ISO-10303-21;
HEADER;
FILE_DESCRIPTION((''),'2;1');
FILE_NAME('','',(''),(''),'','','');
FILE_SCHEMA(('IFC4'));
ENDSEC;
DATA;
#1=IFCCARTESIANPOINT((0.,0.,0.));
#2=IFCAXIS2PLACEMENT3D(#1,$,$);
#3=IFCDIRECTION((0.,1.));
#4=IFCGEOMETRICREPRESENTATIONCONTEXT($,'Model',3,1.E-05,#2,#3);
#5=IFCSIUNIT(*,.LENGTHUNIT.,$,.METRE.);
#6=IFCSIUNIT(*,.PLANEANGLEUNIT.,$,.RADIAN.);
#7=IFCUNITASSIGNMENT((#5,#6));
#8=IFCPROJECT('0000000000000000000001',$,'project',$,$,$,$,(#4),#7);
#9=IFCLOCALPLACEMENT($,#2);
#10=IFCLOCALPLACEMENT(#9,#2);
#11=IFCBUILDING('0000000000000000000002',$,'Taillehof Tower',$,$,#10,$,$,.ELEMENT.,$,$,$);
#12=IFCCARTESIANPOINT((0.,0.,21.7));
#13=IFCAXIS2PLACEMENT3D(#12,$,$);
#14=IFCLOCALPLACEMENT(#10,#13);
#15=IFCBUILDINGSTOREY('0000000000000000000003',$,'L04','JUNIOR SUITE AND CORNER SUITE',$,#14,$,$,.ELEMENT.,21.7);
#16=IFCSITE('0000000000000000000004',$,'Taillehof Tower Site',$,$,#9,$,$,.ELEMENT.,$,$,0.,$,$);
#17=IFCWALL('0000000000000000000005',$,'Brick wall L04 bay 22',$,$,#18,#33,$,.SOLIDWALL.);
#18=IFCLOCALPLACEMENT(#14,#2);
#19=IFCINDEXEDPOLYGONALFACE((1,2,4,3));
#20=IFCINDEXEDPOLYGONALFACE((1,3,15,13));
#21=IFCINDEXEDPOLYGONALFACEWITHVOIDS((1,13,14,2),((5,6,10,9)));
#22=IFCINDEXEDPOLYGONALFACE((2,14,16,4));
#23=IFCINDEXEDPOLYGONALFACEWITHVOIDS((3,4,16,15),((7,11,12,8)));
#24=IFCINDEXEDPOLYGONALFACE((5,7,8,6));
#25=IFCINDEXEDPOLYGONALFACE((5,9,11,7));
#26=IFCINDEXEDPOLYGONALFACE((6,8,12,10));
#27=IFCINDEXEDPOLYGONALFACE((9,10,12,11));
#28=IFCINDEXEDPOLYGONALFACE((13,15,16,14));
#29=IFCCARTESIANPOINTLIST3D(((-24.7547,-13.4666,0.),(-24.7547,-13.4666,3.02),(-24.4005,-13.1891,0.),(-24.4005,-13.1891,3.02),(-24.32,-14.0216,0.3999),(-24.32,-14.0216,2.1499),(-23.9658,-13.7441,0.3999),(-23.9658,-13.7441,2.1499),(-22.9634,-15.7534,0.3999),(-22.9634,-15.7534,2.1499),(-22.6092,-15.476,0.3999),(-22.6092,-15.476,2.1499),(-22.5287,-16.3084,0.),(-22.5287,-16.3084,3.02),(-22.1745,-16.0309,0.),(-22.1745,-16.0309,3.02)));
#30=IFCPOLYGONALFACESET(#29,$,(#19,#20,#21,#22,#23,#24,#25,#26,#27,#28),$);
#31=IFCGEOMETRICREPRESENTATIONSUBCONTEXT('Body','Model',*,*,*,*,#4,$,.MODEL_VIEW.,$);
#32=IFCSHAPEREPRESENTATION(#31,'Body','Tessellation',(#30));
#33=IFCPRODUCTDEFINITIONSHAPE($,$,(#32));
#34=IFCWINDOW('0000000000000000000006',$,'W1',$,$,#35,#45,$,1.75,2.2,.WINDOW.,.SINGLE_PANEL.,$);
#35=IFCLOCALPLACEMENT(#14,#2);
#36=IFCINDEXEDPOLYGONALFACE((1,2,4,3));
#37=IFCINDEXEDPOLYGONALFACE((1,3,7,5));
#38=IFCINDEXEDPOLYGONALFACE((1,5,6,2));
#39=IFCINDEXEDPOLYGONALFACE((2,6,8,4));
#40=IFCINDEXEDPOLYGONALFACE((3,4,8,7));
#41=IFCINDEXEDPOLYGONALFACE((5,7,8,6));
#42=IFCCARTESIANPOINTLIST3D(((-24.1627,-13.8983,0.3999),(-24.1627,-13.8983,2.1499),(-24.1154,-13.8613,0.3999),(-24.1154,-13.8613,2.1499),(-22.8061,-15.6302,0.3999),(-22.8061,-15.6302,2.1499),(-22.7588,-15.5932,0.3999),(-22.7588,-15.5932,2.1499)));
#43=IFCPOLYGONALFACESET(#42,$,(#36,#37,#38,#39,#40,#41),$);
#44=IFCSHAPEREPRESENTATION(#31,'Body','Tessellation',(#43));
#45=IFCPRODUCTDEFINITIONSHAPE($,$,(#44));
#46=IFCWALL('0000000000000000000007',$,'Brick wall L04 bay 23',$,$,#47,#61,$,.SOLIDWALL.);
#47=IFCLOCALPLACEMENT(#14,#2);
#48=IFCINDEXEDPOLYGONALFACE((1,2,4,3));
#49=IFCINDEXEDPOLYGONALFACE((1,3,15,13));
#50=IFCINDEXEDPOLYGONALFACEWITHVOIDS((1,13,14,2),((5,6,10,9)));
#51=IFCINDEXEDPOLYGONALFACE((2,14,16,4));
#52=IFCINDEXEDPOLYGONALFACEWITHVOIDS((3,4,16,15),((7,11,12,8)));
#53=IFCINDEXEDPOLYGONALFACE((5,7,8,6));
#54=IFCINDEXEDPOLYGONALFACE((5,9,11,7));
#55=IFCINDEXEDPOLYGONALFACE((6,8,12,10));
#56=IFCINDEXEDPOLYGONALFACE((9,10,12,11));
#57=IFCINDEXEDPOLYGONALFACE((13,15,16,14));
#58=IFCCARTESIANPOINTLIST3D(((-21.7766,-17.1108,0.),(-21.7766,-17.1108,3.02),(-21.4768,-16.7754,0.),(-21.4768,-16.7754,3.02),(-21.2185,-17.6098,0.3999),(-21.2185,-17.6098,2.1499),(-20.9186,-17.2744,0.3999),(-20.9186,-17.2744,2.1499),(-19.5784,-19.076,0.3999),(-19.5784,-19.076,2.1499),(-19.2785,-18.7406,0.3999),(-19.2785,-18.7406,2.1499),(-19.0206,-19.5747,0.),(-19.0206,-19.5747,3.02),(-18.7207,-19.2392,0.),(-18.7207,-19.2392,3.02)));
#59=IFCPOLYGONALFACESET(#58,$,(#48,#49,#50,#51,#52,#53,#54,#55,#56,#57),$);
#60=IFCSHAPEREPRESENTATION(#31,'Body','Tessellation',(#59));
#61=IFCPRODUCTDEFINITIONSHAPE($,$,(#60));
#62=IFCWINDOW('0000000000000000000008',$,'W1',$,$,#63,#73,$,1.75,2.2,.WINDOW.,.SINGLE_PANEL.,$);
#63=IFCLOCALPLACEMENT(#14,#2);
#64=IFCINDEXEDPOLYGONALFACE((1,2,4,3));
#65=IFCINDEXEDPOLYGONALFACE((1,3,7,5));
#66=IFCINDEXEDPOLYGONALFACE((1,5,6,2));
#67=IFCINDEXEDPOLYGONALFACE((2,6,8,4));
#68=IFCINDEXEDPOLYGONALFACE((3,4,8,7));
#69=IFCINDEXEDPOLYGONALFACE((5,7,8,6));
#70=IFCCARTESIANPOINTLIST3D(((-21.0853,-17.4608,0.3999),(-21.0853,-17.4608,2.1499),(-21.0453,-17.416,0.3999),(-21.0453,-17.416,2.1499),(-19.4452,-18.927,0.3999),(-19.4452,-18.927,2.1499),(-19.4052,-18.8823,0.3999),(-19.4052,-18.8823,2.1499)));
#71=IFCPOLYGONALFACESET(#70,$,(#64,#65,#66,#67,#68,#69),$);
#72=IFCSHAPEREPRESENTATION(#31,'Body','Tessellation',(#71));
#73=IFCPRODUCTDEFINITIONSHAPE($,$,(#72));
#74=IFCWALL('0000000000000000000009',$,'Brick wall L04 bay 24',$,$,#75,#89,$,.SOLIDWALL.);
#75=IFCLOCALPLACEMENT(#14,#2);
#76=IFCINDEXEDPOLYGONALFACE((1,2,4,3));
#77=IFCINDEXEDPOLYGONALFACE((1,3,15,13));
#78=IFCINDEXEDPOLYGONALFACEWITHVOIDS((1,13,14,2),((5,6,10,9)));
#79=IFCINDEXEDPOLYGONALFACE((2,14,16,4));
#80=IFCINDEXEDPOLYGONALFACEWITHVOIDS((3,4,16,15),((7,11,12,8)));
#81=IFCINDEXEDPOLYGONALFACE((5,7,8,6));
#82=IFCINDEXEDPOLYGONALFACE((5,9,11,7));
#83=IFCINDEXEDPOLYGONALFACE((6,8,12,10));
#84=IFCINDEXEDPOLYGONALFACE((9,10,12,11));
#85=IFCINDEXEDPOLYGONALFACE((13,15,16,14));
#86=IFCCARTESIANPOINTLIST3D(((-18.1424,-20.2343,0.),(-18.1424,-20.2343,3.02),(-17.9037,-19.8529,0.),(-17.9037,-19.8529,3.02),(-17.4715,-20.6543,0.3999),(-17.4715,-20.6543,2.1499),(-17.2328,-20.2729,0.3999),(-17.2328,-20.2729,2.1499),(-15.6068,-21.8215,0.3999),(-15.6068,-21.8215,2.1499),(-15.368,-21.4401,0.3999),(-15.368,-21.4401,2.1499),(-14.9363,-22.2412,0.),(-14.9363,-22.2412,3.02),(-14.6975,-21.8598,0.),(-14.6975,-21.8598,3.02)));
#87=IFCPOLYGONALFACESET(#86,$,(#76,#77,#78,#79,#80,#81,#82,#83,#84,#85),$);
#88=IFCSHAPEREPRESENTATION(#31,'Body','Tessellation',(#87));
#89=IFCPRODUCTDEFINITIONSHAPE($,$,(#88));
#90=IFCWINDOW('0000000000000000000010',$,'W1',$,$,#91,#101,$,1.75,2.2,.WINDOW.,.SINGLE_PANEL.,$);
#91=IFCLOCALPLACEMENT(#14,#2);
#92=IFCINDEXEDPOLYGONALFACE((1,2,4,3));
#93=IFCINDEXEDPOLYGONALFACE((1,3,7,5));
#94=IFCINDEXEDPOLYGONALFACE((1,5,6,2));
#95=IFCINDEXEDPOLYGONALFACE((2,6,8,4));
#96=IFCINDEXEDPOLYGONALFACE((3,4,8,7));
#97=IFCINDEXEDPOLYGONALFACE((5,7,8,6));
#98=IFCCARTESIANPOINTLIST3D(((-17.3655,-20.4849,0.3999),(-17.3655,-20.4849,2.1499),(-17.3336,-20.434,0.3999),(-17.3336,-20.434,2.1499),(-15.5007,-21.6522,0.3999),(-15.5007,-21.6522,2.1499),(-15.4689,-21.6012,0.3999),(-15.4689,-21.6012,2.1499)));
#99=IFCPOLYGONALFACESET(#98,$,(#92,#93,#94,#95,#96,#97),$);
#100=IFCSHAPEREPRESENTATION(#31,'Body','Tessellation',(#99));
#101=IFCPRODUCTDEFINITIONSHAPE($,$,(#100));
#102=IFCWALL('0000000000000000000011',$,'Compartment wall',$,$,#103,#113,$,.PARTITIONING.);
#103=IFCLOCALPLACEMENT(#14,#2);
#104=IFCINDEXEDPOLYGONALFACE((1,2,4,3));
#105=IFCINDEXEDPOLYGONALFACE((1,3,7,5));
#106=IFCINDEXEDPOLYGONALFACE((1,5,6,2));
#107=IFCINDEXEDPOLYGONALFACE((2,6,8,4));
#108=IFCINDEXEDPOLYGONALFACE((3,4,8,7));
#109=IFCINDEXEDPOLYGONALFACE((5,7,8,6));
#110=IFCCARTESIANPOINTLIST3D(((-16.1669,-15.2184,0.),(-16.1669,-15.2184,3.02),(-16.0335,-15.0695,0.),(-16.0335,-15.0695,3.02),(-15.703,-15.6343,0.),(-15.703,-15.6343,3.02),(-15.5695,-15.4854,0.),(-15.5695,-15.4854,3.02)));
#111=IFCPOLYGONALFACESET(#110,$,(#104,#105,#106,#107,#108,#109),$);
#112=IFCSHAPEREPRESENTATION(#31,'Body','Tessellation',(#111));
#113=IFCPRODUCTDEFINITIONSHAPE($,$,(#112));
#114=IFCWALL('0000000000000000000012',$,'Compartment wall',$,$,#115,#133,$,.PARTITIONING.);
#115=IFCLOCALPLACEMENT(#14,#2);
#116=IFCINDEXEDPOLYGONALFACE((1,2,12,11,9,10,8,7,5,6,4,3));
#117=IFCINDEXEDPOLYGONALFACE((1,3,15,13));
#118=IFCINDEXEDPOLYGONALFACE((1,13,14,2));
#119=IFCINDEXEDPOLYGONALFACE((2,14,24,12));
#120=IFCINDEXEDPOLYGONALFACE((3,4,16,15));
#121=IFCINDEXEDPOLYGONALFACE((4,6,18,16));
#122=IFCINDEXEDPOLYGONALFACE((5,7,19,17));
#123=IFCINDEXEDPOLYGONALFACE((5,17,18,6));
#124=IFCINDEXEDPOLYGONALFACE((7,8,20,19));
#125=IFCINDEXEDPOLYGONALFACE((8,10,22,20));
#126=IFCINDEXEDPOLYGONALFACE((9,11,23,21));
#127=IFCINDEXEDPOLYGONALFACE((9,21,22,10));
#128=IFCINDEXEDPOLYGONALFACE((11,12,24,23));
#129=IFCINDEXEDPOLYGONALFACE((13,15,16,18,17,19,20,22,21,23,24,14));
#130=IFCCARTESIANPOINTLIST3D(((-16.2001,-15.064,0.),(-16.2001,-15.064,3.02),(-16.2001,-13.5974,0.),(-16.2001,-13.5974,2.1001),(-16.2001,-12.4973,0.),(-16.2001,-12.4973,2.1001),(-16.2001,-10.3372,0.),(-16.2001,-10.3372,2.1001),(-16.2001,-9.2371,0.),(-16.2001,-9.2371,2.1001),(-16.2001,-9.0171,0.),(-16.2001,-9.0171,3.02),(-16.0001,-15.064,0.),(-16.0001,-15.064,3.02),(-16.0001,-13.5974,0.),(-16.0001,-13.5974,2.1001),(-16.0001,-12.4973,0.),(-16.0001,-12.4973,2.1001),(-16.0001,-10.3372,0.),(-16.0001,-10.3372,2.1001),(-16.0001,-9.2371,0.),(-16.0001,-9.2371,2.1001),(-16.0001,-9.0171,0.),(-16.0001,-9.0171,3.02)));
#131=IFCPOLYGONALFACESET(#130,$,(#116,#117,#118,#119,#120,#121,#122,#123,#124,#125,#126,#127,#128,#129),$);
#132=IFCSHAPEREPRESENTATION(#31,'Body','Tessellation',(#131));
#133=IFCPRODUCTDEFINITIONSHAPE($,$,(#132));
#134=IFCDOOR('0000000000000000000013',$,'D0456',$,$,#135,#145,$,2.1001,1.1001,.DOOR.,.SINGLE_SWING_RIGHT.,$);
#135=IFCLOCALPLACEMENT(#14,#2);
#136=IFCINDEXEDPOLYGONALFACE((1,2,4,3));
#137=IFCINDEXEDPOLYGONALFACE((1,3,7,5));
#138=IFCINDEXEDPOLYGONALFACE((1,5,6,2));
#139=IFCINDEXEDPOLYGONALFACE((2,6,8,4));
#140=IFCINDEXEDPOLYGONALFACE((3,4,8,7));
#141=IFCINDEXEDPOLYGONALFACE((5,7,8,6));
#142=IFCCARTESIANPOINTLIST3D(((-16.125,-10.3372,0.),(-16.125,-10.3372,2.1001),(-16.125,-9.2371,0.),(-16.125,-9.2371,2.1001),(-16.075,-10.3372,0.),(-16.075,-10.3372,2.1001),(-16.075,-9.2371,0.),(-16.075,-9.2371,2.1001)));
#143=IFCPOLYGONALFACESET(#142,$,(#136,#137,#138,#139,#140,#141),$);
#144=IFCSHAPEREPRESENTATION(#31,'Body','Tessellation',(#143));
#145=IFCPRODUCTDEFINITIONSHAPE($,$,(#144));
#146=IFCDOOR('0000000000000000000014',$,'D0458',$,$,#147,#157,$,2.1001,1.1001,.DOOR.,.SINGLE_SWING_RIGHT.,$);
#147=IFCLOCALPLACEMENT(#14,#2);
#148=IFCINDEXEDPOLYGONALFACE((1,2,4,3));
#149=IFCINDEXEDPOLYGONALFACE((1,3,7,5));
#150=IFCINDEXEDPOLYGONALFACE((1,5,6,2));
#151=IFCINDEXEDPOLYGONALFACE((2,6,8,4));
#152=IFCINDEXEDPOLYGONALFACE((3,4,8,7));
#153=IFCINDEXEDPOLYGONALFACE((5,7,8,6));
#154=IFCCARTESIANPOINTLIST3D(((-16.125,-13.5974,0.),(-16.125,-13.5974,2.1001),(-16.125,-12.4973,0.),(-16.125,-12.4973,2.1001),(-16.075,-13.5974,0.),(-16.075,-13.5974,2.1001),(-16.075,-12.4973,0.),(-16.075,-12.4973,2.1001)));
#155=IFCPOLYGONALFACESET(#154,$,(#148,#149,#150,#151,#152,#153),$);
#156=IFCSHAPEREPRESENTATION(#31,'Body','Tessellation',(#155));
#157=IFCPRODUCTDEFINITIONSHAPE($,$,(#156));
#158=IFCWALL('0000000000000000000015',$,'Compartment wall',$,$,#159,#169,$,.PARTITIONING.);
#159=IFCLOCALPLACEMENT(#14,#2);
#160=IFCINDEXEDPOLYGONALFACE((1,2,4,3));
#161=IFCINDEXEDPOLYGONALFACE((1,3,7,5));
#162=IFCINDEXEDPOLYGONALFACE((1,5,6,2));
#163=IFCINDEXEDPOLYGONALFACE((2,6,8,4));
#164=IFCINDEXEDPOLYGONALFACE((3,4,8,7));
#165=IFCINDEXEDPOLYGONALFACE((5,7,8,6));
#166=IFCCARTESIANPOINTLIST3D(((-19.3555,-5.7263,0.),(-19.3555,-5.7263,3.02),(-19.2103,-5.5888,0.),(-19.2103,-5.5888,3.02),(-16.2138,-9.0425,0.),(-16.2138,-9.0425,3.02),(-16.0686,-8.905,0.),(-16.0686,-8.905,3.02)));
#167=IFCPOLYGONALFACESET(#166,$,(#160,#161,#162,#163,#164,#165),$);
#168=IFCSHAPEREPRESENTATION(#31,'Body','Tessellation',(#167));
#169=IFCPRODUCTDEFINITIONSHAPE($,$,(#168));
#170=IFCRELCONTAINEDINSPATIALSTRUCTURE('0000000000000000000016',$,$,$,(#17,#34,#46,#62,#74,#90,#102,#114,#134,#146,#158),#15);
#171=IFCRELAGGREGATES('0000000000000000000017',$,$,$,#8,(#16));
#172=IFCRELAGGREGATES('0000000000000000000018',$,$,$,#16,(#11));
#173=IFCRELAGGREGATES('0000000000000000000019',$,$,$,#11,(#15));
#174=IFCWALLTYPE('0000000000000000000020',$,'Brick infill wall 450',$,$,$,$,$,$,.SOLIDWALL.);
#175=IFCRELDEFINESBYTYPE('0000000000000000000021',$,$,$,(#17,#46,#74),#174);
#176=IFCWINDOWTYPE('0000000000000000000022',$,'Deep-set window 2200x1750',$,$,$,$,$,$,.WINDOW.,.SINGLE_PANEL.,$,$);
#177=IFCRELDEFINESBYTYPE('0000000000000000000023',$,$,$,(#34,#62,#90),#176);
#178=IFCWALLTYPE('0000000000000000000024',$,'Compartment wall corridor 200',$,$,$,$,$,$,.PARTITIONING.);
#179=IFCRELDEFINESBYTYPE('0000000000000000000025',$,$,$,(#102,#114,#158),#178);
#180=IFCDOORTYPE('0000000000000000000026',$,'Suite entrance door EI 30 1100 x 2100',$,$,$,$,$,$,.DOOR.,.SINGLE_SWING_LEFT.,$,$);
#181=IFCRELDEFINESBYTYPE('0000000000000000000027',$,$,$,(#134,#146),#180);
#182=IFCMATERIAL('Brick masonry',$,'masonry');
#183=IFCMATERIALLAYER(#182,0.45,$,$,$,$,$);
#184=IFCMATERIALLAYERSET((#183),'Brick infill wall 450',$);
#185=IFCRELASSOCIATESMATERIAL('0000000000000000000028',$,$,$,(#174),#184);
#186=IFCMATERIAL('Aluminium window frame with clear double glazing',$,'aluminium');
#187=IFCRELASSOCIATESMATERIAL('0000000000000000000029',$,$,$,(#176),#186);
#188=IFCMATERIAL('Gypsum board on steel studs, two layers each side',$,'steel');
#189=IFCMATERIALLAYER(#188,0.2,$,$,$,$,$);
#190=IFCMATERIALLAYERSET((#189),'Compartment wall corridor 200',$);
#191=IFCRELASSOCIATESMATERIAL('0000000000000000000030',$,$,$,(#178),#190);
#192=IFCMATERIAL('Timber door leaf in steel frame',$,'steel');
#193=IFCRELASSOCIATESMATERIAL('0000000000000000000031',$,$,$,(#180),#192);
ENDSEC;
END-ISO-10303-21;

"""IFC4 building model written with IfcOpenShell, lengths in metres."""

from ifc_helpers import new_model, si_unit, direction, frame, frame_2d, origin, place, context, subcontext, project, spatial, rectangle, extrude, material, layer, layer_set, type_object, element, fill, save


model = new_model("IFC4")

# Units and contexts
model_context = context("Model", 3, precision=1e-05, world=origin(), true_north=direction((0.0, 1.0)))
body_context = subcontext(model_context, "Body", "Model", "MODEL_VIEW")
ifc_project = project(units=[si_unit("LENGTHUNIT", "METRE"), si_unit("PLANEANGLEUNIT", "RADIAN")], contexts=[model_context])

# Site, building, storey
site_placement = place(None, origin())
site = spatial("IfcSite", under=ifc_project, at=site_placement, Name="Taillehof Tower Site", CompositionType="ELEMENT", RefElevation=0.0)
building_placement = place(site_placement, origin())
building = spatial("IfcBuilding", under=site, at=building_placement, Name="Taillehof Tower", CompositionType="ELEMENT")
storey_placement = place(building_placement, frame((0.0, 0.0, 21.7)))
storey = spatial("IfcBuildingStorey", under=building, at=storey_placement, Name="L04", Description="JUNIOR SUITE AND CORNER SUITE", CompositionType="ELEMENT", Elevation=21.7)

# Walls, openings, windows
ifc_material_1 = material(Name="Brick masonry", Category="masonry")
ifc_layer_1 = layer(ifc_material_1, 0.45)
ifc_layer_set_1 = layer_set([ifc_layer_1], Name="Brick infill wall 450")
wall_type_1 = type_object("IfcWallType", Name="Brick infill wall 450", PredefinedType="SOLIDWALL", material=ifc_layer_set_1)
ifc_material_2 = material(Name="Aluminium window frame with clear double glazing", Category="aluminium")
window_type = type_object("IfcWindowType", Name="Deep-set window 2200x1750", PartitioningType="SINGLE_PANEL", PredefinedType="WINDOW", material=ifc_material_2)
wall_1_placement = place(storey_placement, frame((-24.5776, -13.3279, 0.0), z_axis=(0.0, 0.0, 1.0), x_axis=(0.616662, -0.787228, 0.0)))
wall_1 = element("IfcWall", 1, at=wall_1_placement, inside=storey, type_object=wall_type_1, Name="Brick wall L04 bay 22", PredefinedType="SOLIDWALL", context=body_context, shape_type="SweptSolid", body=[
    extrude(rectangle(XDim=3.6099, YDim=0.45, at=frame_2d((1.8049, 0.0))), origin(), (0.0, 0.0, 1.0), 3.02),
])
opening_1_placement = place(wall_1_placement, frame((0.7048, 0.0, 0.3999)))
opening_1 = element("IfcOpeningElement", 2, at=opening_1_placement, cuts=wall_1, PredefinedType="OPENING", context=body_context, shape_type="SweptSolid", body=[
    extrude(rectangle(XDim=2.2, YDim=1.75, at=frame_2d((1.1001, 0.875))), frame((0.0, 0.2349, 0.0), z_axis=(0.0, -1.0, 0.0), x_axis=(1.0, 0.0, 0.0)), (0.0, 0.0, 1.0), 0.47),
])
window_1_placement = place(opening_1_placement, origin())
window_1 = element("IfcWindow", 3, at=window_1_placement, inside=storey, type_object=window_type, Name="W1", OverallHeight=1.75, OverallWidth=2.2, PartitioningType="SINGLE_PANEL", PredefinedType="WINDOW", context=body_context, shape_type="SweptSolid", body=[
    extrude(rectangle(XDim=2.2, YDim=1.75, at=frame_2d((1.1001, 0.875))), frame((0.0, 0.0349, 0.0), z_axis=(0.0, -1.0, 0.0), x_axis=(1.0, 0.0, 0.0)), (0.0, 0.0, 1.0), 0.0601),
])
fill(opening_1, window_1)
wall_2_placement = place(storey_placement, frame((-21.6267, -16.9431, 0.0), z_axis=(0.0, 0.0, 1.0), x_axis=(0.745526, -0.666476, 0.0)))
wall_2 = element("IfcWall", 4, at=wall_2_placement, inside=storey, type_object=wall_type_1, Name="Brick wall L04 bay 23", PredefinedType="SOLIDWALL", context=body_context, shape_type="SweptSolid", body=[
    extrude(rectangle(XDim=3.6968, YDim=0.45, at=frame_2d((1.8484, 0.0))), origin(), (0.0, 0.0, 1.0), 3.02),
])
opening_2_placement = place(wall_2_placement, frame((0.7485, 0.0, 0.3999)))
opening_2 = element("IfcOpeningElement", 5, at=opening_2_placement, cuts=wall_2, PredefinedType="OPENING", context=body_context, shape_type="SweptSolid", body=[
    extrude(rectangle(XDim=2.2, YDim=1.75, at=frame_2d((1.1001, 0.875))), frame((0.0, 0.2349, 0.0), z_axis=(0.0, -1.0, 0.0), x_axis=(1.0, 0.0, 0.0)), (0.0, 0.0, 1.0), 0.47),
])
window_2_placement = place(opening_2_placement, origin())
window_2 = element("IfcWindow", 6, at=window_2_placement, inside=storey, type_object=window_type, Name="W1", OverallHeight=1.75, OverallWidth=2.2, PartitioningType="SINGLE_PANEL", PredefinedType="WINDOW", context=body_context, shape_type="SweptSolid", body=[
    extrude(rectangle(XDim=2.2, YDim=1.75, at=frame_2d((1.1001, 0.875))), frame((0.0, 0.0349, 0.0), z_axis=(0.0, -1.0, 0.0), x_axis=(1.0, 0.0, 0.0)), (0.0, 0.0, 1.0), 0.0601),
])
fill(opening_2, window_2)
wall_3_placement = place(storey_placement, frame((-18.0229, -20.0437, 0.0), z_axis=(0.0, 0.0, 1.0), x_axis=(0.847635, -0.530579, 0.0)))
wall_3 = element("IfcWall", 7, at=wall_3_placement, inside=storey, type_object=wall_type_1, Name="Brick wall L04 bay 24", PredefinedType="SOLIDWALL", context=body_context, shape_type="SweptSolid", body=[
    extrude(rectangle(XDim=3.7825, YDim=0.45, at=frame_2d((1.8911, 0.0))), origin(), (0.0, 0.0, 1.0), 3.02),
])
opening_3_placement = place(wall_3_placement, frame((0.7913, 0.0, 0.3999)))
opening_3 = element("IfcOpeningElement", 8, at=opening_3_placement, cuts=wall_3, PredefinedType="OPENING", context=body_context, shape_type="SweptSolid", body=[
    extrude(rectangle(XDim=2.2, YDim=1.75, at=frame_2d((1.1001, 0.875))), frame((0.0, 0.2349, 0.0), z_axis=(0.0, -1.0, 0.0), x_axis=(1.0, 0.0, 0.0)), (0.0, 0.0, 1.0), 0.47),
])
window_3_placement = place(opening_3_placement, origin())
window_3 = element("IfcWindow", 9, at=window_3_placement, inside=storey, type_object=window_type, Name="W1", OverallHeight=1.75, OverallWidth=2.2, PartitioningType="SINGLE_PANEL", PredefinedType="WINDOW", context=body_context, shape_type="SweptSolid", body=[
    extrude(rectangle(XDim=2.2, YDim=1.75, at=frame_2d((1.1001, 0.875))), frame((0.0, 0.0349, 0.0), z_axis=(0.0, -1.0, 0.0), x_axis=(1.0, 0.0, 0.0)), (0.0, 0.0, 1.0), 0.0601),
])
fill(opening_3, window_3)

# Wall
ifc_material_3 = material(Name="Gypsum board on steel studs, two layers each side", Category="steel")
ifc_layer_2 = layer(ifc_material_3, 0.2)
ifc_layer_set_2 = layer_set([ifc_layer_2], Name="Compartment wall corridor 200")
wall_type_2 = type_object("IfcWallType", Name="Compartment wall corridor 200", PredefinedType="PARTITIONING", material=ifc_layer_set_2)
wall_4_placement = place(storey_placement, frame((-15.6362, -15.5598, 0.0), z_axis=(0.0, 0.0, 1.0), x_axis=(-0.744657, 0.667448, 0.0)))
element("IfcWall", 10, at=wall_4_placement, inside=storey, type_object=wall_type_2, Name="Compartment wall", PredefinedType="PARTITIONING", context=body_context, shape_type="SweptSolid", body=[
    extrude(rectangle(XDim=0.623, YDim=0.2, at=frame_2d((0.3115, 0.0))), origin(), (0.0, 0.0, 1.0), 3.02),
])

# Wall, openings, doors
wall_5_placement = place(storey_placement, frame((-16.1001, -15.064, 0.0), z_axis=(0.0, 0.0, 1.0), x_axis=(0.0, 1.0, 0.0)))
wall_5 = element("IfcWall", 11, at=wall_5_placement, inside=storey, type_object=wall_type_2, Name="Compartment wall", PredefinedType="PARTITIONING", context=body_context, shape_type="SweptSolid", body=[
    extrude(rectangle(XDim=6.0469, YDim=0.2, at=frame_2d((3.0234, 0.0))), origin(), (0.0, 0.0, 1.0), 3.02),
])
opening_4_placement = place(wall_5_placement, frame((4.7268, 0.0, 0.0)))
opening_4 = element("IfcOpeningElement", 12, at=opening_4_placement, cuts=wall_5, PredefinedType="OPENING", context=body_context, shape_type="SweptSolid", body=[
    extrude(rectangle(XDim=1.1001, YDim=2.1001, at=frame_2d((0.55, 1.05))), frame((0.0, 0.1099, 0.0), z_axis=(0.0, -1.0, 0.0), x_axis=(1.0, 0.0, 0.0)), (0.0, 0.0, 1.0), 0.22),
])
opening_5_placement = place(wall_5_placement, frame((1.4666, 0.0, 0.0)))
opening_5 = element("IfcOpeningElement", 13, at=opening_5_placement, cuts=wall_5, PredefinedType="OPENING", context=body_context, shape_type="SweptSolid", body=[
    extrude(rectangle(XDim=1.1001, YDim=2.1001, at=frame_2d((0.55, 1.05))), frame((0.0, 0.1099, 0.0), z_axis=(0.0, -1.0, 0.0), x_axis=(1.0, 0.0, 0.0)), (0.0, 0.0, 1.0), 0.22),
])
ifc_material_4 = material(Name="Timber door leaf in steel frame", Category="steel")
door_type = type_object("IfcDoorType", Name="Suite entrance door EI 30 1100 x 2100", OperationType="SINGLE_SWING_LEFT", PredefinedType="DOOR", material=ifc_material_4)
door_1_placement = place(opening_4_placement, origin())
door_1 = element("IfcDoor", 14, at=door_1_placement, inside=storey, type_object=door_type, Name="D0456", OperationType="SINGLE_SWING_RIGHT", OverallHeight=2.1001, OverallWidth=1.1001, PredefinedType="DOOR", context=body_context, shape_type="SweptSolid", body=[
    extrude(rectangle(XDim=1.1001, YDim=2.1001, at=frame_2d((0.55, 1.05))), frame((0.0, 0.0249, 0.0), z_axis=(0.0, -1.0, 0.0), x_axis=(1.0, 0.0, 0.0)), (0.0, 0.0, 1.0), 0.05),
])
fill(opening_4, door_1)
door_2_placement = place(opening_5_placement, origin())
door_2 = element("IfcDoor", 15, at=door_2_placement, inside=storey, type_object=door_type, Name="D0458", OperationType="SINGLE_SWING_RIGHT", OverallHeight=2.1001, OverallWidth=1.1001, PredefinedType="DOOR", context=body_context, shape_type="SweptSolid", body=[
    extrude(rectangle(XDim=1.1001, YDim=2.1001, at=frame_2d((0.55, 1.05))), frame((0.0, 0.0249, 0.0), z_axis=(0.0, -1.0, 0.0), x_axis=(1.0, 0.0, 0.0)), (0.0, 0.0, 1.0), 0.05),
])
fill(opening_5, door_2)

# Wall
wall_6_placement = place(storey_placement, frame((-16.1411, -8.9739, 0.0), z_axis=(0.0, 0.0, 1.0), x_axis=(-0.687742, 0.725955, 0.0)))
element("IfcWall", 16, at=wall_6_placement, inside=storey, type_object=wall_type_2, Name="Compartment wall", PredefinedType="PARTITIONING", context=body_context, shape_type="SweptSolid", body=[
    extrude(rectangle(XDim=4.5681, YDim=0.2, at=frame_2d((2.2842, 0.0))), origin(), (0.0, 0.0, 1.0), 3.02),
])

save(model, "model.ifc")
